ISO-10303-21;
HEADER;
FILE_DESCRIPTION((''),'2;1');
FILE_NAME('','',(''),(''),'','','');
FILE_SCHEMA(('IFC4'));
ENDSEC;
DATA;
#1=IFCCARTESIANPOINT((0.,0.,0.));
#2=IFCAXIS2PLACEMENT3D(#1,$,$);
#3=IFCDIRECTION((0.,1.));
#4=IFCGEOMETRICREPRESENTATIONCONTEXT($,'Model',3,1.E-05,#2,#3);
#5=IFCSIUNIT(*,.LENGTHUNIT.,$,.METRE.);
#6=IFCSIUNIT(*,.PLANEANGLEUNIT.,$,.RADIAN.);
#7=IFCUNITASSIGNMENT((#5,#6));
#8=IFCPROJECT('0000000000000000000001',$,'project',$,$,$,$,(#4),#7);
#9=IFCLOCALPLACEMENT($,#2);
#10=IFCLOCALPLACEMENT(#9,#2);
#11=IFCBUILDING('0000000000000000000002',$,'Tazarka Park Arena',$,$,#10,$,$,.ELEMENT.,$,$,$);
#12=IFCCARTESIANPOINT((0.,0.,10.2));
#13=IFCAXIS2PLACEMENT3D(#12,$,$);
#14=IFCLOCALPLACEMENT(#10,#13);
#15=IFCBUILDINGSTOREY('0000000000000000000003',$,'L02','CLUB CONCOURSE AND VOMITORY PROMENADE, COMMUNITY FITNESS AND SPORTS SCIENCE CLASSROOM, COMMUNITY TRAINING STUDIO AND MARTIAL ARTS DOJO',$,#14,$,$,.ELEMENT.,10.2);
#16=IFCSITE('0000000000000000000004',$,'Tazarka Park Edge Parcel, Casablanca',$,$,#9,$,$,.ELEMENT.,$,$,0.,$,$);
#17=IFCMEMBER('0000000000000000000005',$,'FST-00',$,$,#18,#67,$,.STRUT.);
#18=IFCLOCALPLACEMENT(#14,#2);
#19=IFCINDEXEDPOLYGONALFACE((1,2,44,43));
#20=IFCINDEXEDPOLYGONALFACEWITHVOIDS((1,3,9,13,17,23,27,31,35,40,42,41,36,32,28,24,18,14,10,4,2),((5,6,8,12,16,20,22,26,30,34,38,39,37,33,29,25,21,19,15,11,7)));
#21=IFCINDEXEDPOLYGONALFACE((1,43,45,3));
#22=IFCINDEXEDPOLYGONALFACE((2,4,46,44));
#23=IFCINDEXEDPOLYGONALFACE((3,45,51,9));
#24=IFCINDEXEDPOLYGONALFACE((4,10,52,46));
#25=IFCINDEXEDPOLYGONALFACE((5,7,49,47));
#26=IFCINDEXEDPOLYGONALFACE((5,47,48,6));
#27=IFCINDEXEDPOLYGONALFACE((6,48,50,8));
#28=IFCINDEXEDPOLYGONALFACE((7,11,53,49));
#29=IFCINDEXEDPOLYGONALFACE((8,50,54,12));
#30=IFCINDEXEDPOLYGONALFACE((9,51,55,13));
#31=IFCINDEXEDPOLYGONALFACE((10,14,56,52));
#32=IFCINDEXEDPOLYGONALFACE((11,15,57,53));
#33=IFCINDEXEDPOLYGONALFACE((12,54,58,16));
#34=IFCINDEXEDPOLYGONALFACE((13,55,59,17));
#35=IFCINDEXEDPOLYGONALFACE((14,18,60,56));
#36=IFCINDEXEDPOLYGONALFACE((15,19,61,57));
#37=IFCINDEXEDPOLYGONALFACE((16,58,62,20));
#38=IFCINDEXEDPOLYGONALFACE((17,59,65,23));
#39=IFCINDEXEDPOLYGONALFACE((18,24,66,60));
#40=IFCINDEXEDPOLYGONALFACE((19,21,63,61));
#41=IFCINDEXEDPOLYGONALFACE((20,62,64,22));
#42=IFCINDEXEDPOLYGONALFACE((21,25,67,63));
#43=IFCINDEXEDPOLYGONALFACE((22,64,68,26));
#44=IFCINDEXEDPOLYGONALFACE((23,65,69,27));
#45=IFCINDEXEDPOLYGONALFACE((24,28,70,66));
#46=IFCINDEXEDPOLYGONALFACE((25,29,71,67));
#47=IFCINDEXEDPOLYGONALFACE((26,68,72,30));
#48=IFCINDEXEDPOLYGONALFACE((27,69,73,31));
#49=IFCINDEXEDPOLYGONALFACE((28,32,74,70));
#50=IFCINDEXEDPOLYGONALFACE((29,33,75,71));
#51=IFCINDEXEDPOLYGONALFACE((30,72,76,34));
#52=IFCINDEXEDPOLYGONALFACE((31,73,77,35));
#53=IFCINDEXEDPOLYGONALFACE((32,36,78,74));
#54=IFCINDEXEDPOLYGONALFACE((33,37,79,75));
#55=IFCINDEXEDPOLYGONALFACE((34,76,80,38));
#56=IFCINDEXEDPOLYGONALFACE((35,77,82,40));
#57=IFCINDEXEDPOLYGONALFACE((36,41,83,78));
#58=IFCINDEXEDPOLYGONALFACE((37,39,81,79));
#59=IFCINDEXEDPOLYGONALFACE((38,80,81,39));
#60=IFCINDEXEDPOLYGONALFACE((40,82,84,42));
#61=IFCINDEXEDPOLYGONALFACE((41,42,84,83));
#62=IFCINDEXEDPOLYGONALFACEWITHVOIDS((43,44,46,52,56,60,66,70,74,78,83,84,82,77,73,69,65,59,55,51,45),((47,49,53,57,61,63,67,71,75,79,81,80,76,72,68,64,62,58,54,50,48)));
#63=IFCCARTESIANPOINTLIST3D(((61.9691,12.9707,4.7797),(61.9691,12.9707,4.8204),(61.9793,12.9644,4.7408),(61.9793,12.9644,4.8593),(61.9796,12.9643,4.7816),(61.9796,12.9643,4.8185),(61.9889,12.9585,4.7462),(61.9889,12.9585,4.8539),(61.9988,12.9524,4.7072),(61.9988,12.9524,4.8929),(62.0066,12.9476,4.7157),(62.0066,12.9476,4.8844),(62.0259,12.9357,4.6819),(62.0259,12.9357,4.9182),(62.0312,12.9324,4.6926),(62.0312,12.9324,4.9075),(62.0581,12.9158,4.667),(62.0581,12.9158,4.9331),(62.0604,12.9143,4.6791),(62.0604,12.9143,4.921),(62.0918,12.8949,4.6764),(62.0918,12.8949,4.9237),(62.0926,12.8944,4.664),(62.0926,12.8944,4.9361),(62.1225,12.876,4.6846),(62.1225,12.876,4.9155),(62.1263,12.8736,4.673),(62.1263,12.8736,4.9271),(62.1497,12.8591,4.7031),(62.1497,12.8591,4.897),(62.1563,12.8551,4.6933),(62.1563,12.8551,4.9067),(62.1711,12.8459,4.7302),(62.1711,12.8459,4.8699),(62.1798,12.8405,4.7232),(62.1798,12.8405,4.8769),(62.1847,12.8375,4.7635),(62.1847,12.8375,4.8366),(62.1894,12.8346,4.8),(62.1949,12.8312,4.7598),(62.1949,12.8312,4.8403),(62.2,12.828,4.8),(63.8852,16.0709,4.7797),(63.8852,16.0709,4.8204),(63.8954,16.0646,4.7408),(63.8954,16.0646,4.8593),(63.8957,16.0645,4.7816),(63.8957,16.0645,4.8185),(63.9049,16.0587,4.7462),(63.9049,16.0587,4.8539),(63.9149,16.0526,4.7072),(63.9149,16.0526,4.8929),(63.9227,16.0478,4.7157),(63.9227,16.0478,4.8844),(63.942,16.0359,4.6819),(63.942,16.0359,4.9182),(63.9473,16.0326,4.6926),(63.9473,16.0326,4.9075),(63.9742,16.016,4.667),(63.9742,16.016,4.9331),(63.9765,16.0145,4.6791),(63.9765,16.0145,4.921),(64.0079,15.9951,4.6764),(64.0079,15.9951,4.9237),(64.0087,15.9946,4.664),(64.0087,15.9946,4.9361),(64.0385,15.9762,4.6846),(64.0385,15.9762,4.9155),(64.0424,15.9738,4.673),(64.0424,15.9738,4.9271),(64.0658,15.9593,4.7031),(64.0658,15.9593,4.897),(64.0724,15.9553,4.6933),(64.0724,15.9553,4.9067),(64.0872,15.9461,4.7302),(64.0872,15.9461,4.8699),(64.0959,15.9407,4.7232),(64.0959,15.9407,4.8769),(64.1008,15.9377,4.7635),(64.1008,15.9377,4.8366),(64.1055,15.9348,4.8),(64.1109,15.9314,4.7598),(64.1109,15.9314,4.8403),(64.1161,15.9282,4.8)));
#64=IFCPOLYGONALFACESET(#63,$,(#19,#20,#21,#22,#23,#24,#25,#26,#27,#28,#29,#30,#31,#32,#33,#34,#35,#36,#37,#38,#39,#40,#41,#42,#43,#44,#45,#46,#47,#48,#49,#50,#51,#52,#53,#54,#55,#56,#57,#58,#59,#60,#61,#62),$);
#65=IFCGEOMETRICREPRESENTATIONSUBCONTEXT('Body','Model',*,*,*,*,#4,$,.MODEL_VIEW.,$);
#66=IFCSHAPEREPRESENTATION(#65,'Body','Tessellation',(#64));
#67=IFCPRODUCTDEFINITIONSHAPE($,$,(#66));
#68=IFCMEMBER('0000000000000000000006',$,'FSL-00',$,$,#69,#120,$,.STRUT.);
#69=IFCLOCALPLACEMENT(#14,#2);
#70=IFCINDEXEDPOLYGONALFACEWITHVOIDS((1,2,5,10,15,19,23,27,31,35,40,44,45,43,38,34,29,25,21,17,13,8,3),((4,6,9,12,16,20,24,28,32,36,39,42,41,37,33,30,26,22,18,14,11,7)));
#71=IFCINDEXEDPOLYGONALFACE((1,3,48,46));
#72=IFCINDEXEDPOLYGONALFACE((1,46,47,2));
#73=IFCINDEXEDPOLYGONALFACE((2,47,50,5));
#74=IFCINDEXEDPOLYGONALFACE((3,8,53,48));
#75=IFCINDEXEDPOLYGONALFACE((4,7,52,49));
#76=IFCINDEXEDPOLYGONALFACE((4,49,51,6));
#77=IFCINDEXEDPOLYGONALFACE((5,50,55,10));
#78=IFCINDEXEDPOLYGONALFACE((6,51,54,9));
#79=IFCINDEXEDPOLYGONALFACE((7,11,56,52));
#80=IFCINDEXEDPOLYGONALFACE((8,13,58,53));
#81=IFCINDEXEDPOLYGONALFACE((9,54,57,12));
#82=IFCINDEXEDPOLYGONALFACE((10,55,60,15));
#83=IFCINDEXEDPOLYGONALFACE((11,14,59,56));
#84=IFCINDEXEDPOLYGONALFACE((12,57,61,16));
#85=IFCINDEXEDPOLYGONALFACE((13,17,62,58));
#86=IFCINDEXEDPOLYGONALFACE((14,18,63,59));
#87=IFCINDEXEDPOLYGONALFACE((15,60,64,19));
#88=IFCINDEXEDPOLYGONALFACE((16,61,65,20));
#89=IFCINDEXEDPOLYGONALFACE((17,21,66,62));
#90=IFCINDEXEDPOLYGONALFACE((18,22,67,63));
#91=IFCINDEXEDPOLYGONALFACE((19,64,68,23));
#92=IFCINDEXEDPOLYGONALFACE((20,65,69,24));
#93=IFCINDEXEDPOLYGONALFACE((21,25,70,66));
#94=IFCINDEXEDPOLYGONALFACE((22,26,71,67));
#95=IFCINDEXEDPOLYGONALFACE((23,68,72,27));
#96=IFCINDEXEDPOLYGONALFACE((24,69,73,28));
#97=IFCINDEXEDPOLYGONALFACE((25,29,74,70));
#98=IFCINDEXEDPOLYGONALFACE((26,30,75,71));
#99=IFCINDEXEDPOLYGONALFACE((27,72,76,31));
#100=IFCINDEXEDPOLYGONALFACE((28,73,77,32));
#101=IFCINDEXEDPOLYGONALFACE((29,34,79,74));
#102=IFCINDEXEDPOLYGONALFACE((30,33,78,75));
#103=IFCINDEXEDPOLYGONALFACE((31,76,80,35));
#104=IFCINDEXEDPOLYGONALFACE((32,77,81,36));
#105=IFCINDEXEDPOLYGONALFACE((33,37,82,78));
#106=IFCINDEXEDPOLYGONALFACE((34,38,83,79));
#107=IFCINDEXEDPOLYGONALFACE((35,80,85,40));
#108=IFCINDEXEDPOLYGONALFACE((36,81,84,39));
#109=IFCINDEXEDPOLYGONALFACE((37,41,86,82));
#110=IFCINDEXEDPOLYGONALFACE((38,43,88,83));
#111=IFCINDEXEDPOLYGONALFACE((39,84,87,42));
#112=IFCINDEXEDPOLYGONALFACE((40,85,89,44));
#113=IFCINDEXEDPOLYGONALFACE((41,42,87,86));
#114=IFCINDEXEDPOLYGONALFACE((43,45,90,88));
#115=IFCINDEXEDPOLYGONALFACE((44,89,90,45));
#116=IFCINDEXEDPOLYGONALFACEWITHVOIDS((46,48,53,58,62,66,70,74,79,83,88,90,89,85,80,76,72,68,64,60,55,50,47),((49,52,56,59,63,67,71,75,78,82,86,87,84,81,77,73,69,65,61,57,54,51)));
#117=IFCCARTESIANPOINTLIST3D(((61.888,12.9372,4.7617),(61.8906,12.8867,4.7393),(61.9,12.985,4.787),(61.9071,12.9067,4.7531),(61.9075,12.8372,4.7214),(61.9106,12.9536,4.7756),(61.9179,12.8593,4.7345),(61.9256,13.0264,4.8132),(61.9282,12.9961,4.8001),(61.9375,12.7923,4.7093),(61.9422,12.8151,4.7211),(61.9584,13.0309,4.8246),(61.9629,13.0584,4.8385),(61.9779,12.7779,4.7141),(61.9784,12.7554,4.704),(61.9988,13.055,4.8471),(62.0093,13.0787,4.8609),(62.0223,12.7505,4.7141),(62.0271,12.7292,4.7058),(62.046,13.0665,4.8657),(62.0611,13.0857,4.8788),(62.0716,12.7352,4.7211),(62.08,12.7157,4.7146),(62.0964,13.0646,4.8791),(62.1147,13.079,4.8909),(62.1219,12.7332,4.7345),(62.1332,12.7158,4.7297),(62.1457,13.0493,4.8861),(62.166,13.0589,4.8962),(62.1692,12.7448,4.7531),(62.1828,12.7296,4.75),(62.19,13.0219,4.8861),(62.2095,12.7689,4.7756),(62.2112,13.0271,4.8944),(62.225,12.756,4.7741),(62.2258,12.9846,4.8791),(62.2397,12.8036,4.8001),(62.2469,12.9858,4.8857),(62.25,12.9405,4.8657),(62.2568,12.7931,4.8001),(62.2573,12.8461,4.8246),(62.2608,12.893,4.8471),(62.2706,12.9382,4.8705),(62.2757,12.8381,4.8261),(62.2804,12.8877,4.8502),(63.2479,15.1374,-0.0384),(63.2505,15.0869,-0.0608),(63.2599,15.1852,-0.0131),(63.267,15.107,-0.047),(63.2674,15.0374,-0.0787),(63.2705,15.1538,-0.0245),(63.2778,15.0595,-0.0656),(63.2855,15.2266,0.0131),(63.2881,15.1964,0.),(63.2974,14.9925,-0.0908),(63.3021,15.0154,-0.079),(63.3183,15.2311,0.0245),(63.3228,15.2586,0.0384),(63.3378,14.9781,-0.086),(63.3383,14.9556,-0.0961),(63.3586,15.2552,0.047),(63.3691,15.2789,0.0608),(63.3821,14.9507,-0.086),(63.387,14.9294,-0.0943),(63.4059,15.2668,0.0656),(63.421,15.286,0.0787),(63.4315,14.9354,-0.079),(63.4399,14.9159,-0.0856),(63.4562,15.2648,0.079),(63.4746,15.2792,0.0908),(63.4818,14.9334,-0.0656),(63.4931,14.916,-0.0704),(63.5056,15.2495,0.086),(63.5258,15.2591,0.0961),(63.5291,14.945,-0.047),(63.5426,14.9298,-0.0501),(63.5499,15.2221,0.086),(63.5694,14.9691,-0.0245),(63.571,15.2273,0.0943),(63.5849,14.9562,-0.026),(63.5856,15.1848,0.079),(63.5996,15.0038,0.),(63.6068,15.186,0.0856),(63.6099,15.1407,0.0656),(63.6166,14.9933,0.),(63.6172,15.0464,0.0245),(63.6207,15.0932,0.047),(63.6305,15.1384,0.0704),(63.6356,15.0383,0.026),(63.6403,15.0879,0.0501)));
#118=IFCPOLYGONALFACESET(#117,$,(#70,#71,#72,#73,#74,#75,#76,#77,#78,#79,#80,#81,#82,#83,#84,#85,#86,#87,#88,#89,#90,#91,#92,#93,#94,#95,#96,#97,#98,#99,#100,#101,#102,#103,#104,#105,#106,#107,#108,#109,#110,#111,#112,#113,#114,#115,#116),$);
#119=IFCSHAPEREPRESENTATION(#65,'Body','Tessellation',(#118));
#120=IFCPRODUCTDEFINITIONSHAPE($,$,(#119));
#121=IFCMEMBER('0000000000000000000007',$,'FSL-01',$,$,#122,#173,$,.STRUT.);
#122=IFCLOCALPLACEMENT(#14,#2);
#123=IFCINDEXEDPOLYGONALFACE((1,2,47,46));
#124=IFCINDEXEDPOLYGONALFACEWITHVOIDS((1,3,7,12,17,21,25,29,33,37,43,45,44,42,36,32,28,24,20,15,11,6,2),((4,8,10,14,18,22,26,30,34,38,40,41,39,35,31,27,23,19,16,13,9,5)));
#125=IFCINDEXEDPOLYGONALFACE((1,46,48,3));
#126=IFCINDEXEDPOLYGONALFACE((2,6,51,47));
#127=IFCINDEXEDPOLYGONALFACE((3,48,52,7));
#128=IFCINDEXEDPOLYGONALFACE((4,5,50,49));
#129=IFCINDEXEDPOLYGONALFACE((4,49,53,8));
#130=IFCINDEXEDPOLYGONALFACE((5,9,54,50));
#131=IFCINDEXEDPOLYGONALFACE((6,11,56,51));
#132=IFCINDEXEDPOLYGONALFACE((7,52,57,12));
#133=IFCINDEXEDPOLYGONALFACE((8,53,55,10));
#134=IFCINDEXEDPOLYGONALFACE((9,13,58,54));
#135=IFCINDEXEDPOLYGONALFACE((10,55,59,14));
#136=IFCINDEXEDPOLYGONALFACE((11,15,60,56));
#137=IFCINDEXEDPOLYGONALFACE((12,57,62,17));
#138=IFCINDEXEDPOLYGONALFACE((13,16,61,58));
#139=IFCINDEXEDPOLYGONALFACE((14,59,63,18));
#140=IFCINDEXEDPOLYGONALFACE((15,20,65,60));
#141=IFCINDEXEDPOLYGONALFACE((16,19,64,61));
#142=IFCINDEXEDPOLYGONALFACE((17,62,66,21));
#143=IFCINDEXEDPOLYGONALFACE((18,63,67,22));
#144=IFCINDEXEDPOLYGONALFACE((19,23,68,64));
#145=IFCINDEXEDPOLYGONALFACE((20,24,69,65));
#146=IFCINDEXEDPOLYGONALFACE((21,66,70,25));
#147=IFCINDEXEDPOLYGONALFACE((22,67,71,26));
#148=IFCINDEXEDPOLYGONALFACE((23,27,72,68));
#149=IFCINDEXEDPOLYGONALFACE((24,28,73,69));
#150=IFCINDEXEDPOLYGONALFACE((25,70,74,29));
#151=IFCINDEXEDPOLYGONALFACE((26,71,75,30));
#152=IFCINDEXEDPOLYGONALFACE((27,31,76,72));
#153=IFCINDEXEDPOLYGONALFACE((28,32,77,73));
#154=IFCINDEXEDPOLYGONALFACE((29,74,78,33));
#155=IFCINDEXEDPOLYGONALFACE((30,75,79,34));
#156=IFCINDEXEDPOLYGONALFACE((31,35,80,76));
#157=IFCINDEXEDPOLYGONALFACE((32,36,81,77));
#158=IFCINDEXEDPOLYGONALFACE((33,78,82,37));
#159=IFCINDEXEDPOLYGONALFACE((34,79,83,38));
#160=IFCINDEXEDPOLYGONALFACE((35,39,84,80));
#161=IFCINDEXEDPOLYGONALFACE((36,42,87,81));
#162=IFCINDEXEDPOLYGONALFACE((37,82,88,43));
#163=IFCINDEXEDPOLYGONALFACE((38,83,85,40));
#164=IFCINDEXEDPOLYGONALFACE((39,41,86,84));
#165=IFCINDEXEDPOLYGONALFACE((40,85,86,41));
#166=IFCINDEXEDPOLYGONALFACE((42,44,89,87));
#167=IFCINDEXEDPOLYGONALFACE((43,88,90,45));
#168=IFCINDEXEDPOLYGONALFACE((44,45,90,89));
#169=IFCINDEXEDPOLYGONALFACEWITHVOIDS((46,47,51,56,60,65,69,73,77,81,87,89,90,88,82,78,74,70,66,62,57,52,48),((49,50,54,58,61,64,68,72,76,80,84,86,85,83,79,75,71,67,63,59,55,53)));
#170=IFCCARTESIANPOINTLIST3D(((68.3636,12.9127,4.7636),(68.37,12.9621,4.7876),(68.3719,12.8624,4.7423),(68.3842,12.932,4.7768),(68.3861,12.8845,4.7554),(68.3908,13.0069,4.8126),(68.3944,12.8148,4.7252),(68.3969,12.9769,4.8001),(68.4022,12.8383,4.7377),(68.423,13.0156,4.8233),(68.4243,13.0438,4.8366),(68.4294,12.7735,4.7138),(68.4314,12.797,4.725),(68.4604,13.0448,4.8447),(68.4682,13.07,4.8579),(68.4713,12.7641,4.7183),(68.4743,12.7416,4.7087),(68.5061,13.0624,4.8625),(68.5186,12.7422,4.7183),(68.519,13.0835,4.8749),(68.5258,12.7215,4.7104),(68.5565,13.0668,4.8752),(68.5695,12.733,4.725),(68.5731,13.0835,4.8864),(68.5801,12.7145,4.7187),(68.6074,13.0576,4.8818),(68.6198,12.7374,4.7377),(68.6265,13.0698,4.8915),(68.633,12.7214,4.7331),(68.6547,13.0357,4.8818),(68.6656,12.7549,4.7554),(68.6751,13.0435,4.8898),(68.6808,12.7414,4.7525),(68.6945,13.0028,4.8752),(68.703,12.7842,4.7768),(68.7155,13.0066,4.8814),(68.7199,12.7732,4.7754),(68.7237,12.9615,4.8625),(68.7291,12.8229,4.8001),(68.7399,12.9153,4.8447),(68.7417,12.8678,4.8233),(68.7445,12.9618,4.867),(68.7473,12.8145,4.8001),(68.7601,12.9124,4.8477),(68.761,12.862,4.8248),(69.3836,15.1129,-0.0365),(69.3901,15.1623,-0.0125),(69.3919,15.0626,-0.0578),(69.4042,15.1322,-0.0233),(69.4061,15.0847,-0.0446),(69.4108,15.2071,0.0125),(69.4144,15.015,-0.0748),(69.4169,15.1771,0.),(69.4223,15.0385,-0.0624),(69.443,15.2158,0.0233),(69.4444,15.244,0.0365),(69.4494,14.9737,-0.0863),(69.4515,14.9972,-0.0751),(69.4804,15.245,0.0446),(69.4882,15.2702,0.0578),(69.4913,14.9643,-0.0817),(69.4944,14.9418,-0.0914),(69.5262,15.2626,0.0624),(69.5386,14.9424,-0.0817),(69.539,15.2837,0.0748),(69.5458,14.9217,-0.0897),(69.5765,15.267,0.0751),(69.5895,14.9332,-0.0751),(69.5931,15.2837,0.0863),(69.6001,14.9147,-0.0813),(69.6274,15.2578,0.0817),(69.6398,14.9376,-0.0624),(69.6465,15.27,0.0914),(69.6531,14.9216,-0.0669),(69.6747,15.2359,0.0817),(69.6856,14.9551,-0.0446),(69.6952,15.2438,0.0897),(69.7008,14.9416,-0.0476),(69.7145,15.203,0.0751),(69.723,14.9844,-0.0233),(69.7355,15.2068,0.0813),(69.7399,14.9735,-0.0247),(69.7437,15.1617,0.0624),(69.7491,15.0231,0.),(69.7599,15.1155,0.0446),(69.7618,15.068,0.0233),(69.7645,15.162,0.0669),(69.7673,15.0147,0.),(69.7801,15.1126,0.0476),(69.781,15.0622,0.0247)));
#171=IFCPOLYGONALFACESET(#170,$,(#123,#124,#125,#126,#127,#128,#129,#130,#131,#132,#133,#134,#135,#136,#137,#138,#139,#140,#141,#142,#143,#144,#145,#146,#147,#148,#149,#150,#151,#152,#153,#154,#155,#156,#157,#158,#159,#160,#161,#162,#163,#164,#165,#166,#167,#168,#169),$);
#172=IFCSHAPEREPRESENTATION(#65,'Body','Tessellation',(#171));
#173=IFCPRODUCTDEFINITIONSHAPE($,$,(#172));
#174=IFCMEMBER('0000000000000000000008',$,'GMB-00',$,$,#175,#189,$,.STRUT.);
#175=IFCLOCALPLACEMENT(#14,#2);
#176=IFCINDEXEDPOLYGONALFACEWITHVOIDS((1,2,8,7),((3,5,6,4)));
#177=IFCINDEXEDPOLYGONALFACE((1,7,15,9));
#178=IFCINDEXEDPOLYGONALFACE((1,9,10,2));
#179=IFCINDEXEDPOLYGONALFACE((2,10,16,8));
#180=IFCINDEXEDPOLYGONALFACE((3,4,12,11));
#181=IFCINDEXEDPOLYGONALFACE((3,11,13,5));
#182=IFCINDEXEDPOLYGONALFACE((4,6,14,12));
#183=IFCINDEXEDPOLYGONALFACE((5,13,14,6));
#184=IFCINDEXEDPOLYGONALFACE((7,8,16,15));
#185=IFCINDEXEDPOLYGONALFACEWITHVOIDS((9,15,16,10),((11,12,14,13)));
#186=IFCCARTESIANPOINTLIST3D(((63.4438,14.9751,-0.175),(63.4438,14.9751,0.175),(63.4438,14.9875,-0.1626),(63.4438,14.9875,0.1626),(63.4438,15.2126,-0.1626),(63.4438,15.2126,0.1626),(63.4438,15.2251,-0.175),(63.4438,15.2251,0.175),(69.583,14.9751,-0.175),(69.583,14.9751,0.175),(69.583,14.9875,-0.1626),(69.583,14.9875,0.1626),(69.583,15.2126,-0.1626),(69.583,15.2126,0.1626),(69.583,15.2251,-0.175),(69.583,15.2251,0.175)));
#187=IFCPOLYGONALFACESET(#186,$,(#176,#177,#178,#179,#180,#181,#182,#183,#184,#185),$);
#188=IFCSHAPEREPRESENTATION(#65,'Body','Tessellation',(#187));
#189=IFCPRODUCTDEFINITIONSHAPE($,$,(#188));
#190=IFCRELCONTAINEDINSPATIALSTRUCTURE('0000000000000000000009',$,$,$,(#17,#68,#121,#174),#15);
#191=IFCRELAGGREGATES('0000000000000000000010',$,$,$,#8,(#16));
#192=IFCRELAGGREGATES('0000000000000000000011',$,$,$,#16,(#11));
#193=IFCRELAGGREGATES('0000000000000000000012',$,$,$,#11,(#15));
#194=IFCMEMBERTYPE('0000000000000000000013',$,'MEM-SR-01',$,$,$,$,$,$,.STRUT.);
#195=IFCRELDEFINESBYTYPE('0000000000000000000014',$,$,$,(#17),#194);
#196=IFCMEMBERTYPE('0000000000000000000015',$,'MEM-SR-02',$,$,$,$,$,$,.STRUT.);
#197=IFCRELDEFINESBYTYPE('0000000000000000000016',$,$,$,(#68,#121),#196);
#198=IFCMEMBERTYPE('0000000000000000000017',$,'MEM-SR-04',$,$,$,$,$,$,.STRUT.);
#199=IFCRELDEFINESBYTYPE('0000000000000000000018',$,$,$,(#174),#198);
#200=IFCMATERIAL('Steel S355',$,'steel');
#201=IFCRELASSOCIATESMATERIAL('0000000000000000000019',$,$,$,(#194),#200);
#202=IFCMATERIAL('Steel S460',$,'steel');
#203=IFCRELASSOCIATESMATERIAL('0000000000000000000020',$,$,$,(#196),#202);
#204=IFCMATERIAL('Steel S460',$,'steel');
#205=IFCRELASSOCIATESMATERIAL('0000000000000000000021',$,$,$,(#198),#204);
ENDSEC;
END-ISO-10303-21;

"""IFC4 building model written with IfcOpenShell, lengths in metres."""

from ifc_helpers import new_model, si_unit, direction, frame, origin, origin_2d, place, context, subcontext, project, spatial, hollow_rectangle, hollow_circle, extrude, material, material_profile, profile_set, type_object, element, save


model = new_model("IFC4")

# Units and contexts
model_context = context("Model", 3, precision=1e-05, world=origin(), true_north=direction((0.0, 1.0)))
body_context = subcontext(model_context, "Body", "Model", "MODEL_VIEW")
ifc_project = project(units=[si_unit("LENGTHUNIT", "METRE"), si_unit("PLANEANGLEUNIT", "RADIAN")], contexts=[model_context])

# Site, building, storey
site_placement = place(None, origin())
site = spatial("IfcSite", under=ifc_project, at=site_placement, Name="Tazarka Park Edge Parcel, Casablanca", CompositionType="ELEMENT", RefElevation=0.0)
building_placement = place(site_placement, origin())
building = spatial("IfcBuilding", under=site, at=building_placement, Name="Tazarka Park Arena", CompositionType="ELEMENT")
storey_placement = place(building_placement, frame((0.0, 0.0, 10.2)))
storey = spatial("IfcBuildingStorey", under=building, at=storey_placement, Name="L02", Description="CLUB CONCOURSE AND VOMITORY PROMENADE, COMMUNITY FITNESS AND SPORTS SCIENCE CLASSROOM, COMMUNITY TRAINING STUDIO AND MARTIAL ARTS DOJO", CompositionType="ELEMENT", Elevation=10.2)

# Members
ifc_material_1 = material(Name="Steel S355", Category="steel")
ifc_material_profile_1 = material_profile(ifc_material_1, hollow_circle(Radius=0.1365, WallThickness=0.0125, at=origin_2d()), Name="Steel S355")
ifc_profile_set_1 = profile_set([ifc_material_profile_1], Name="Steel S355")
member_type_1 = type_object("IfcMemberType", Name="MEM-SR-01", PredefinedType="STRUT", material=ifc_profile_set_1)
member_1_placement = place(storey_placement, frame((64.0, 16.0, 4.8), z_axis=(-0.525741, -0.850645, 0.0), x_axis=(0.850645, -0.525741, 0.0)))
element("IfcMember", 1, at=member_1_placement, inside=storey, type_object=member_type_1, Name="FST-00", PredefinedType="STRUT", context=body_context, shape_type="SweptSolid", body=[
    extrude(hollow_circle(Radius=0.1365, WallThickness=0.0125, at=origin_2d()), origin(), (0.0, 0.0, 1.0), 3.6445),
])
ifc_material_2 = material(Name="Steel S460", Category="steel")
ifc_material_profile_2 = material_profile(ifc_material_2, hollow_circle(Radius=0.2031, WallThickness=0.02, at=origin_2d()), Name="Steel S460")
ifc_profile_set_2 = profile_set([ifc_material_profile_2], Name="Steel S460")
member_type_2 = type_object("IfcMemberType", Name="MEM-SR-02", PredefinedType="STRUT", material=ifc_profile_set_2)
member_2_placement = place(storey_placement, frame((63.4438, 15.1001, 0.0), z_axis=(-0.249398, -0.403515, 0.880327), x_axis=(0.850639, -0.52575, 0.0)))
element("IfcMember", 2, at=member_2_placement, inside=storey, type_object=member_type_2, Name="FSL-00", PredefinedType="STRUT", context=body_context, shape_type="SweptSolid", body=[
    extrude(hollow_circle(Radius=0.2031, WallThickness=0.02, at=origin_2d()), origin(), (0.0, 0.0, 1.0), 5.4526),
])
member_3_placement = place(storey_placement, frame((69.583, 15.1001, 0.0), z_axis=(-0.189669, -0.409118, 0.892551), x_axis=(0.907245, -0.420602, 0.0)))
element("IfcMember", 3, at=member_3_placement, inside=storey, type_object=member_type_2, Name="FSL-01", PredefinedType="STRUT", context=body_context, shape_type="SweptSolid", body=[
    extrude(hollow_circle(Radius=0.2031, WallThickness=0.02, at=origin_2d()), origin(), (0.0, 0.0, 1.0), 5.3779),
])
ifc_material_3 = material(Name="Steel S460", Category="steel")
ifc_material_profile_3 = material_profile(ifc_material_3, hollow_rectangle(XDim=0.25, YDim=0.3501, WallThickness=0.0125, at=origin_2d()), Name="Steel S460")
ifc_profile_set_3 = profile_set([ifc_material_profile_3], Name="Steel S460")
member_type_3 = type_object("IfcMemberType", Name="MEM-SR-04", PredefinedType="STRUT", material=ifc_profile_set_3)
member_4_placement = place(storey_placement, frame((63.4438, 15.1001, 0.0), z_axis=(1.0, 0.0, 0.0), x_axis=(0.0, 1.0, 0.0)))
element("IfcMember", 4, at=member_4_placement, inside=storey, type_object=member_type_3, Name="GMB-00", PredefinedType="STRUT", context=body_context, shape_type="SweptSolid", body=[
    extrude(hollow_rectangle(XDim=0.25, YDim=0.3501, WallThickness=0.0125, at=origin_2d()), origin(), (0.0, 0.0, 1.0), 6.1392),
])

save(model, "model.ifc")
